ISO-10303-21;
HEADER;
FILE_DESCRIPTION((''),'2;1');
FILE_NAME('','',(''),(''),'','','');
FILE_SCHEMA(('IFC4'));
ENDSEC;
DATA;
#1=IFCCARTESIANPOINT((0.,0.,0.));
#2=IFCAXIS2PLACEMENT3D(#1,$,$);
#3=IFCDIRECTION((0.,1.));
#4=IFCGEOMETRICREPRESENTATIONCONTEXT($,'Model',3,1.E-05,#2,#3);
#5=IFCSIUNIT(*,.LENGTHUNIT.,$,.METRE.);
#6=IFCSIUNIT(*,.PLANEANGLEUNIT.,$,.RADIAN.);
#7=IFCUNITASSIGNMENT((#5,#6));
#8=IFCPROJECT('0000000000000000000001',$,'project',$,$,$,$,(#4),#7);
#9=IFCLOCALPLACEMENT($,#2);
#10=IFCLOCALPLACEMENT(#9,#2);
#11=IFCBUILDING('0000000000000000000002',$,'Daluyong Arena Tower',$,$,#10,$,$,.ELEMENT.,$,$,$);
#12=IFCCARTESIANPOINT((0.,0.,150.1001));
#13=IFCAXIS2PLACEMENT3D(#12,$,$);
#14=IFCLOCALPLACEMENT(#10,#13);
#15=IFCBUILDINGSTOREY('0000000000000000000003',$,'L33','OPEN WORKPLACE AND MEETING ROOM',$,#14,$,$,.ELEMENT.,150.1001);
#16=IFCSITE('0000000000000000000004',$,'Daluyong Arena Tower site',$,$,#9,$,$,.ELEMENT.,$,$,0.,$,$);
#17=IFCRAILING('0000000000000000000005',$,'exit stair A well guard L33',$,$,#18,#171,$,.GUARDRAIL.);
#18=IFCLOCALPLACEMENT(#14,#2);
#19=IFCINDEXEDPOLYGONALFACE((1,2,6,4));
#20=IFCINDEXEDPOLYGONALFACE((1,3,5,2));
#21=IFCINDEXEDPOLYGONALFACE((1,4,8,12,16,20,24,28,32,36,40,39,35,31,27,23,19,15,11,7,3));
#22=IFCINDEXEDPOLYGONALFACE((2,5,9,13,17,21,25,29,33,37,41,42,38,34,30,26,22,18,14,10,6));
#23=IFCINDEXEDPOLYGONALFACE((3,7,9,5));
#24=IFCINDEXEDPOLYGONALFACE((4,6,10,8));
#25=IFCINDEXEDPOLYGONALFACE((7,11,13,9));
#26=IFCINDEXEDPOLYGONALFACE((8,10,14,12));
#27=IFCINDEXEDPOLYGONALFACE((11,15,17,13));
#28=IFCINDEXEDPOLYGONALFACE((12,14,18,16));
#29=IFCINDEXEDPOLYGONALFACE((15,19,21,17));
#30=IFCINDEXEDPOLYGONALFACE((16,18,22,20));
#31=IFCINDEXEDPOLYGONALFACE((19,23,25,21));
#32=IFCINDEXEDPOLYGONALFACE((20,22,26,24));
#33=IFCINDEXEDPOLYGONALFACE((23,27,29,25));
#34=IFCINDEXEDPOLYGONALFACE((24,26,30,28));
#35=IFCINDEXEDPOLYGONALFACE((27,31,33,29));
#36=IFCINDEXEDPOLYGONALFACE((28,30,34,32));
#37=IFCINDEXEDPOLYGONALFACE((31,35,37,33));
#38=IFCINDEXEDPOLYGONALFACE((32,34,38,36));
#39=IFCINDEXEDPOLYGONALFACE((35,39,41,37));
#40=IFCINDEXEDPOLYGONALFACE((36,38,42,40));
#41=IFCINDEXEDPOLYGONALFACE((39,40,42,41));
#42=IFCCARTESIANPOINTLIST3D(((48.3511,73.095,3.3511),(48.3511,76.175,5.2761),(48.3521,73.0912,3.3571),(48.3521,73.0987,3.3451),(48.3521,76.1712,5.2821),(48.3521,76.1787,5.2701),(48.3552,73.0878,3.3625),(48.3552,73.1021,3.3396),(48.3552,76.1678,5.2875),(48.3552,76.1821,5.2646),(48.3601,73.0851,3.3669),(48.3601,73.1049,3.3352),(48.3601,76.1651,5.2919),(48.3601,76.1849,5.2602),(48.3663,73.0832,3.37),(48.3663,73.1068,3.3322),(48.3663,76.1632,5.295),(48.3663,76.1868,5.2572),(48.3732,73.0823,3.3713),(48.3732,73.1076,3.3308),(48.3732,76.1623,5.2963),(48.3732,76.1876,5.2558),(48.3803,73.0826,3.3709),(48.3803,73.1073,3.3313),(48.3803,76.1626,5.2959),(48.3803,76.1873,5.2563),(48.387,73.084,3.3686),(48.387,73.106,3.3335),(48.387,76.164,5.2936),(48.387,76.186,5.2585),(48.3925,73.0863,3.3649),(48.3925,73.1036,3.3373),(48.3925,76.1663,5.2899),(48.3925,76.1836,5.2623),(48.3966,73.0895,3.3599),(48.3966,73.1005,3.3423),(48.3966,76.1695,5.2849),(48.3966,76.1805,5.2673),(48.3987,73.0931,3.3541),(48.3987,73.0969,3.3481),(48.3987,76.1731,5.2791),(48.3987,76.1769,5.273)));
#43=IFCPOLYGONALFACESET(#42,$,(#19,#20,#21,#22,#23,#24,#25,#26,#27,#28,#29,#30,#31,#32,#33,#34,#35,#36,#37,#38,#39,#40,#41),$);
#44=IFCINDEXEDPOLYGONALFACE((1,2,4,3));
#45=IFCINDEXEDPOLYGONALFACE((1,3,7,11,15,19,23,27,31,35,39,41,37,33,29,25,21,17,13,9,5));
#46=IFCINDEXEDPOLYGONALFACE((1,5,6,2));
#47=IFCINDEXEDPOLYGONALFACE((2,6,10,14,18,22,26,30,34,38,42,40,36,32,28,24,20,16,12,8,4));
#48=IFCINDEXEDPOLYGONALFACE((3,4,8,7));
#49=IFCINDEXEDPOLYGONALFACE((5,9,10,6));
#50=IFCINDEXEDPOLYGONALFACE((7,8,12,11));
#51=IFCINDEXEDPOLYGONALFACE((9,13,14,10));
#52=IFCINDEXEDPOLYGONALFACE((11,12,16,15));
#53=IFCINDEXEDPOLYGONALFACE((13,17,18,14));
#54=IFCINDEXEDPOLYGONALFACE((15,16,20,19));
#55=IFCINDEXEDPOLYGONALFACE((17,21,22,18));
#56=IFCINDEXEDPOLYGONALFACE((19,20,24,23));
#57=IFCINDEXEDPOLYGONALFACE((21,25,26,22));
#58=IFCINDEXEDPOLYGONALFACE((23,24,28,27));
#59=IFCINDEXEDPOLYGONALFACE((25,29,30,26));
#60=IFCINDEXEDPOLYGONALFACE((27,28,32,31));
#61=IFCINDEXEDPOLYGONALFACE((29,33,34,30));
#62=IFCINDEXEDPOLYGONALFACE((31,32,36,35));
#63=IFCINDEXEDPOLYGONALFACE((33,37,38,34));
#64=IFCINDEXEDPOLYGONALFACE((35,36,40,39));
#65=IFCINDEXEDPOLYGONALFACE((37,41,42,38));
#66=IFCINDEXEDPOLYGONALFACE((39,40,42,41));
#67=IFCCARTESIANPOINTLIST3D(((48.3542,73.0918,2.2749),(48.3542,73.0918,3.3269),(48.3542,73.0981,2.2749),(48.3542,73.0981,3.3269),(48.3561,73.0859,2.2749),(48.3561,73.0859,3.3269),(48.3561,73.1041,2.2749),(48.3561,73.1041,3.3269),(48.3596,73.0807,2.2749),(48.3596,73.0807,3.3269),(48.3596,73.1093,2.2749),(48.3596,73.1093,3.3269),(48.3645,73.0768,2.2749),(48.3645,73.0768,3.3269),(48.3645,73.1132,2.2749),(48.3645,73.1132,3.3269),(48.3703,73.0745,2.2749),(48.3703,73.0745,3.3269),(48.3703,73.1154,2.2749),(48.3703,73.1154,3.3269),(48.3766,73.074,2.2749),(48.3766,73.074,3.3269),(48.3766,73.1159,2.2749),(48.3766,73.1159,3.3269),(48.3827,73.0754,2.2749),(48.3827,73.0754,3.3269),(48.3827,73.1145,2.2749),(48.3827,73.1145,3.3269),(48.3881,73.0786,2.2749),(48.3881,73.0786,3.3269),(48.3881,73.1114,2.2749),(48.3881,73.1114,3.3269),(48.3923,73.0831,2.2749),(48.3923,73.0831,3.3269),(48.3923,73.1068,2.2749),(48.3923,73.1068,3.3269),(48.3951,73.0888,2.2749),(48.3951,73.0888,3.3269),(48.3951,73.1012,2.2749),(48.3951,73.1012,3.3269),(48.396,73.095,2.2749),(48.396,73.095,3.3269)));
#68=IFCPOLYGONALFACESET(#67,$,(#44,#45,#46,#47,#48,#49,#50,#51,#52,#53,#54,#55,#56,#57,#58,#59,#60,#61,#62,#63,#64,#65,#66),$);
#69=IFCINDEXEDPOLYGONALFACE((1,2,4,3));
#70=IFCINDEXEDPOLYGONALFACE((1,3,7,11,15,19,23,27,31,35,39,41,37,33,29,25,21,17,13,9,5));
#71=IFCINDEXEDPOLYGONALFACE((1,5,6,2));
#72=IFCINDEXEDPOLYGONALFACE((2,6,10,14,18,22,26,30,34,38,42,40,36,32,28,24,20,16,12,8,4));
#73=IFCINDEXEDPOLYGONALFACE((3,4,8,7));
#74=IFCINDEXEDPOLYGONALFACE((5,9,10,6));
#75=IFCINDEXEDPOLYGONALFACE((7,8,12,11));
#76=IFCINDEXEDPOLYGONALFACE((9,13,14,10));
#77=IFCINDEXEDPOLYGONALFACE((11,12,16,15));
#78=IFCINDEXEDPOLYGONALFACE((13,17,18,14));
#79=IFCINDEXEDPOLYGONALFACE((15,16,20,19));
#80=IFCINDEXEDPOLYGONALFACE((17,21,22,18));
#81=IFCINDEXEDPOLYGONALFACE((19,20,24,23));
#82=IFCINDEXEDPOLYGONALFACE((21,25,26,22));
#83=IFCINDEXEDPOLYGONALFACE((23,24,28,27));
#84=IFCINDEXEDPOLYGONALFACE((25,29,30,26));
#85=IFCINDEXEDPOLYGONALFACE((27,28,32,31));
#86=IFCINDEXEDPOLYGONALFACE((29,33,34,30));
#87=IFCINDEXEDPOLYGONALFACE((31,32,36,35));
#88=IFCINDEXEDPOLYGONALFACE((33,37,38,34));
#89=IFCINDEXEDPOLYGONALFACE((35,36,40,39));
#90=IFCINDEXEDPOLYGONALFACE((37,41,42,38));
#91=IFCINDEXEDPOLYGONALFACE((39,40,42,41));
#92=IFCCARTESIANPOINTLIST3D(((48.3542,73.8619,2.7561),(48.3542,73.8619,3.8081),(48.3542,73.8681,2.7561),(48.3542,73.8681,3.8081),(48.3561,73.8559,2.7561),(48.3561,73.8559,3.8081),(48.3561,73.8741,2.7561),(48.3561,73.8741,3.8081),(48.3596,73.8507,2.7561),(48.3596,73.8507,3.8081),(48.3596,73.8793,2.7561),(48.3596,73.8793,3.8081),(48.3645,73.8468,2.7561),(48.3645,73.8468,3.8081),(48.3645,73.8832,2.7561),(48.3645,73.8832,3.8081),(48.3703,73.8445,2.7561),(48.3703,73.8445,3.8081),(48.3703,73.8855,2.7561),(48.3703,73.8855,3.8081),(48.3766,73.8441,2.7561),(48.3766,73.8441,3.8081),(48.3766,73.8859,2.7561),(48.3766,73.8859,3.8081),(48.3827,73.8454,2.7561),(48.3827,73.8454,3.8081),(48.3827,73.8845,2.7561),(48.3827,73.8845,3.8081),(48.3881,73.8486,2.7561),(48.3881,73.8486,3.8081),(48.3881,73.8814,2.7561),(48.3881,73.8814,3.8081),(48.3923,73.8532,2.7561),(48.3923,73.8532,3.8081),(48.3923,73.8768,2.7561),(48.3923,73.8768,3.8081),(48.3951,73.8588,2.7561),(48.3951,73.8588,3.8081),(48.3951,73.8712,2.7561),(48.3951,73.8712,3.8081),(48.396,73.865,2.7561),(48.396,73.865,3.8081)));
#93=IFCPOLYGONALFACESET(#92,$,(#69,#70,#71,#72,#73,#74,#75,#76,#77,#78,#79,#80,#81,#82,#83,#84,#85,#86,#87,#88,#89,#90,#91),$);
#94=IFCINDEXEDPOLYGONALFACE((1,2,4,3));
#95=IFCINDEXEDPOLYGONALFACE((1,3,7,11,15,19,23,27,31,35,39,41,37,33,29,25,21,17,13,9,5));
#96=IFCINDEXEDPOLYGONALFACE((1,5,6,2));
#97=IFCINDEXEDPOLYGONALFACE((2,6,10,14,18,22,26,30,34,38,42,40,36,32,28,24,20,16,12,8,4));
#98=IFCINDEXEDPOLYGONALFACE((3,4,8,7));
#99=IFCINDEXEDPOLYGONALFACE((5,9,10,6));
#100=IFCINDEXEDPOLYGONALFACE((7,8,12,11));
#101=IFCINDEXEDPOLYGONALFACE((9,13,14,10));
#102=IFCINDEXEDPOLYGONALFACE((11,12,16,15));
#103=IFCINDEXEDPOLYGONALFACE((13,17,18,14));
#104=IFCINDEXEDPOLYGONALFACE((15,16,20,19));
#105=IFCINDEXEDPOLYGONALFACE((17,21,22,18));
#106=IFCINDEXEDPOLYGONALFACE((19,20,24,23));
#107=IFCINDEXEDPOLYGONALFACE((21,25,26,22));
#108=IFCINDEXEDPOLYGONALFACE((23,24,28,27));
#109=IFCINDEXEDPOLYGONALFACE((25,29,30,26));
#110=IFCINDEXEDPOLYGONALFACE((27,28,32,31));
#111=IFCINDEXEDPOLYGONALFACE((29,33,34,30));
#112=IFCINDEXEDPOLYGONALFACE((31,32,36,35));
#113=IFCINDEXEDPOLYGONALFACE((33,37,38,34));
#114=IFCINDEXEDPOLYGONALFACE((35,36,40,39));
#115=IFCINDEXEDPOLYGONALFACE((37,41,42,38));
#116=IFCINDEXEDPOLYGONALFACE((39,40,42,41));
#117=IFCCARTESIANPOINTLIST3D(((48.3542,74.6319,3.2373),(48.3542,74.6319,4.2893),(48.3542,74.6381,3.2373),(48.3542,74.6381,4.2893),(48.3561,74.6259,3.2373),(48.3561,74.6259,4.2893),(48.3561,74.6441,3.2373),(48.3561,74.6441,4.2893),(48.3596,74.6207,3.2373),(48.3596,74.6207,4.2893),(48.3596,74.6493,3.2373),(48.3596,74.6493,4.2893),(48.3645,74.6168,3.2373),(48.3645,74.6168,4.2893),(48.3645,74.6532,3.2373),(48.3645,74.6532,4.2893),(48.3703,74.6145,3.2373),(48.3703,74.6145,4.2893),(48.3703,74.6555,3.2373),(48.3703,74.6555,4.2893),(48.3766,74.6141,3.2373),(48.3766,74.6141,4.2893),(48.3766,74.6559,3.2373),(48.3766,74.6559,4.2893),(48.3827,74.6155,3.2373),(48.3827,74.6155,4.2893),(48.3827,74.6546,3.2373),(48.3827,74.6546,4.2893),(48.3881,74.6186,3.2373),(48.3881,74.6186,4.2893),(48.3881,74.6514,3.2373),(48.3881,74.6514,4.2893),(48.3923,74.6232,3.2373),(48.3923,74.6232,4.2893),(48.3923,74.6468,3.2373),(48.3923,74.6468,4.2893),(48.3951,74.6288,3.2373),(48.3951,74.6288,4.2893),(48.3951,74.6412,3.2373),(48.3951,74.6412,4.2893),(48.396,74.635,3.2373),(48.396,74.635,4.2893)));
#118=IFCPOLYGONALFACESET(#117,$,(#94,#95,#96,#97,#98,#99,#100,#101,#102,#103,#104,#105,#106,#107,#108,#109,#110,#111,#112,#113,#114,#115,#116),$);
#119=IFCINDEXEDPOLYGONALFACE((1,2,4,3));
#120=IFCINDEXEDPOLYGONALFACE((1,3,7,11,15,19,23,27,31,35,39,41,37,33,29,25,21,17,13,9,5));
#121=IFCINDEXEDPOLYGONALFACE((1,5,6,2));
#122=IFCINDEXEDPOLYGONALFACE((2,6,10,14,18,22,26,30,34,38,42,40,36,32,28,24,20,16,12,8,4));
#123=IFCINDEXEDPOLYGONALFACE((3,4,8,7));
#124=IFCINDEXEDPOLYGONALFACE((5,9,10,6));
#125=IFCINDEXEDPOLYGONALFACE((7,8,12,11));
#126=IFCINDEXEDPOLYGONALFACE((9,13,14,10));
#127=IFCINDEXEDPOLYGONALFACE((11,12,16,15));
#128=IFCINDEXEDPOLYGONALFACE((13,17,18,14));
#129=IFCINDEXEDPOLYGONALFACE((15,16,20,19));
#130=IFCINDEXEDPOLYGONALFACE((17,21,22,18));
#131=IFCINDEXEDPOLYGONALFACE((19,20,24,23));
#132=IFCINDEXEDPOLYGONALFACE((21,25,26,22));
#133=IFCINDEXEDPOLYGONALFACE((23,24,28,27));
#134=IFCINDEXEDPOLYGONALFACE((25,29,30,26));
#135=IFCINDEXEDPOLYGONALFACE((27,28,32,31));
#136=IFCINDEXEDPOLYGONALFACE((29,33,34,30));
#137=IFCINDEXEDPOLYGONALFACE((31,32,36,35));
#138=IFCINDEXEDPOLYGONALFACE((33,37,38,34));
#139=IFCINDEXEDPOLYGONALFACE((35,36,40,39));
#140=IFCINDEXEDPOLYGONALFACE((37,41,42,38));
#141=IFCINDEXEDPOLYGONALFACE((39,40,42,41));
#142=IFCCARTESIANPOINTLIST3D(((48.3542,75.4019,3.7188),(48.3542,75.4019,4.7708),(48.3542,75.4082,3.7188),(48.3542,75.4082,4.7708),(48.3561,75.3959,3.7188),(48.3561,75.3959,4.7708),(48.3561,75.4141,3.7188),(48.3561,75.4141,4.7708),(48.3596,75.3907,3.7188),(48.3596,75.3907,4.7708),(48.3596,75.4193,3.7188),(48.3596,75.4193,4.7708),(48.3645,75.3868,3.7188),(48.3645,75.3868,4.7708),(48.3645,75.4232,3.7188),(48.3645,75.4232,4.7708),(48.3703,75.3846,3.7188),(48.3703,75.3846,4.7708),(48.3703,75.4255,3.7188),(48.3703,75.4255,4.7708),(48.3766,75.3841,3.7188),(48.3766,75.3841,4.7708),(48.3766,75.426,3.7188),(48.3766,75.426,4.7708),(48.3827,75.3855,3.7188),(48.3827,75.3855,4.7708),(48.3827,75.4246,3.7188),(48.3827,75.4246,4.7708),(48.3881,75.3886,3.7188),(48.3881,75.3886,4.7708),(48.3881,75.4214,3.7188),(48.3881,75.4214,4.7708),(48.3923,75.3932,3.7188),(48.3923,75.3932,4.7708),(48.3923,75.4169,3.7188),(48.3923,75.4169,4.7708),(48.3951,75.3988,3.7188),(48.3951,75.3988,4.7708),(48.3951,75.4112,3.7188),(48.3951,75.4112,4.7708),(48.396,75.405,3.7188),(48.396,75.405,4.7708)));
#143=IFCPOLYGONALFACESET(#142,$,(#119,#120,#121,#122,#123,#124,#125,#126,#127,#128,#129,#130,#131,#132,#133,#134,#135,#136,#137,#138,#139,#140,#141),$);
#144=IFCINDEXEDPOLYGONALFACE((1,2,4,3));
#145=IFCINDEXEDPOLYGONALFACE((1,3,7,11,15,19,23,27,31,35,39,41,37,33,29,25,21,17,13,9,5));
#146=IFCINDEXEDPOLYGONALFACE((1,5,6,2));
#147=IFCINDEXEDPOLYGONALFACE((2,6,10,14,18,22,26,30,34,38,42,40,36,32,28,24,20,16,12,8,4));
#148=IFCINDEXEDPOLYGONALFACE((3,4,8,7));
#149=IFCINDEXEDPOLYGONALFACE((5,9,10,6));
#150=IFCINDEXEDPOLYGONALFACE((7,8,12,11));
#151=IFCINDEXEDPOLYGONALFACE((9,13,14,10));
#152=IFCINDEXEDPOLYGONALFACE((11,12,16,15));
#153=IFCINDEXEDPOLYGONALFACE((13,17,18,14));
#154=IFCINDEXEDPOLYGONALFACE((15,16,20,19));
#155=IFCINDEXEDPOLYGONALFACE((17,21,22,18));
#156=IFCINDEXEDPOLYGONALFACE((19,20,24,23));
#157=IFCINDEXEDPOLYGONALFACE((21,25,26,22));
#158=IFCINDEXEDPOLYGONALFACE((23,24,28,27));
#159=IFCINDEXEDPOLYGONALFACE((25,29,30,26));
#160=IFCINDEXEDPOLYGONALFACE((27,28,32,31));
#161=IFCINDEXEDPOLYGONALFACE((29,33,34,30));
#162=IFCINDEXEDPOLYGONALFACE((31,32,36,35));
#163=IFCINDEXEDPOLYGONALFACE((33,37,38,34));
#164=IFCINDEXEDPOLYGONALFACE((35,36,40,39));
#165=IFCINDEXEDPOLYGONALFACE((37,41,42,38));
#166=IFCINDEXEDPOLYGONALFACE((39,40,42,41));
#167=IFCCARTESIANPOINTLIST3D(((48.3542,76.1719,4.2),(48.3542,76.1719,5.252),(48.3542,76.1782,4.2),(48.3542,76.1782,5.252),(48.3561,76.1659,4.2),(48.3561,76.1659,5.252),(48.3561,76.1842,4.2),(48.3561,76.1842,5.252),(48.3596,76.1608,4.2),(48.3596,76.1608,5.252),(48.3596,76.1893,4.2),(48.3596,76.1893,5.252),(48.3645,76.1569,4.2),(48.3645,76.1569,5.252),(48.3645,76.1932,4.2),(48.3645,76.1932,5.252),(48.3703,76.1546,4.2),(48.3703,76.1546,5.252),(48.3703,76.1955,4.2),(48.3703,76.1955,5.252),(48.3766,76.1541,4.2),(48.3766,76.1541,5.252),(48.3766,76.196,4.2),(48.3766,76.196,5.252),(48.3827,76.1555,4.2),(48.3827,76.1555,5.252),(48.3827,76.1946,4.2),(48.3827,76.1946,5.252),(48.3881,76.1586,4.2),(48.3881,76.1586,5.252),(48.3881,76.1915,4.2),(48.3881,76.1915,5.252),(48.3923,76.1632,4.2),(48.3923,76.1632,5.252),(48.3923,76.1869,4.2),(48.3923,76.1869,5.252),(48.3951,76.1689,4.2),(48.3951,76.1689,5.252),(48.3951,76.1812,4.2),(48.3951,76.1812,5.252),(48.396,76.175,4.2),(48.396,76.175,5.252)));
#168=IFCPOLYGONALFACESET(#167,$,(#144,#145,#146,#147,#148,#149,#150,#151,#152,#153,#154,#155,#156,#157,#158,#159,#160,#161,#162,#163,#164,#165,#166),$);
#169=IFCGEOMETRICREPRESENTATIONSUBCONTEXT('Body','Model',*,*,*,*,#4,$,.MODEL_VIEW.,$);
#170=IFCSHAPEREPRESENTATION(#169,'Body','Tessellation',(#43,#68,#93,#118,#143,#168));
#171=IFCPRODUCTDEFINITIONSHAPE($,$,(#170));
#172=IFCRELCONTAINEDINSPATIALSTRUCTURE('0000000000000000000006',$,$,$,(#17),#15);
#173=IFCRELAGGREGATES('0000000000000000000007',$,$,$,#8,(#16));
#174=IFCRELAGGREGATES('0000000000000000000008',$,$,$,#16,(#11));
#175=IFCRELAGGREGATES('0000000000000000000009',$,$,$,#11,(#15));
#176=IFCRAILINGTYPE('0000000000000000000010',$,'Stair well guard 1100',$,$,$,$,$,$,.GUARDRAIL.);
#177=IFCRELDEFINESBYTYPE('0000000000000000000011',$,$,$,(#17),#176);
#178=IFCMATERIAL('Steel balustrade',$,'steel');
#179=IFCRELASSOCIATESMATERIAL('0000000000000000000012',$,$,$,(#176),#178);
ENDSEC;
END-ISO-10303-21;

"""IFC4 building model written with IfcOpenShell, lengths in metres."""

from ifc_helpers import new_model, si_unit, direction, frame, origin, origin_2d, place, context, subcontext, project, spatial, circle, extrude, material, type_object, element, save


model = new_model("IFC4")

# Units and contexts
model_context = context("Model", 3, precision=1e-05, world=origin(), true_north=direction((0.0, 1.0)))
body_context = subcontext(model_context, "Body", "Model", "MODEL_VIEW")
ifc_project = project(units=[si_unit("LENGTHUNIT", "METRE"), si_unit("PLANEANGLEUNIT", "RADIAN")], contexts=[model_context])

# Site, building, storey
site_placement = place(None, origin())
site = spatial("IfcSite", under=ifc_project, at=site_placement, Name="Daluyong Arena Tower site", CompositionType="ELEMENT", RefElevation=0.0)
building_placement = place(site_placement, origin())
building = spatial("IfcBuilding", under=site, at=building_placement, Name="Daluyong Arena Tower", CompositionType="ELEMENT")
storey_placement = place(building_placement, frame((0.0, 0.0, 150.1001)))
storey = spatial("IfcBuildingStorey", under=building, at=storey_placement, Name="L33", Description="OPEN WORKPLACE AND MEETING ROOM", CompositionType="ELEMENT", Elevation=150.1001)

# Railing
ifc_material_1 = material(Name="Steel balustrade", Category="steel")
railing_type_1 = type_object("IfcRailingType", Name="Stair well guard 1100", PredefinedType="GUARDRAIL", material=ifc_material_1)
railing_1_placement = place(storey_placement, frame((48.375, 73.095, 2.2749)))
element("IfcRailing", 1, at=railing_1_placement, inside=storey, type_object=railing_type_1, Name="exit stair A well guard L33", PredefinedType="GUARDRAIL", context=body_context, shape_type="SweptSolid", body=[
    extrude(circle(Radius=0.0239, at=origin_2d()), frame((0.0, 0.0, 1.0762), z_axis=(0.0, 0.847998, 0.529999), x_axis=(-1.0, 0.0, 0.0)), (0.0, 0.0, 1.0), 3.6321),
    extrude(circle(Radius=0.021, at=origin_2d()), origin(), (0.0, 0.0, 1.0), 1.052),
    extrude(circle(Radius=0.021, at=origin_2d()), frame((0.0, 0.77, 0.4812)), (0.0, 0.0, 1.0), 1.052),
    extrude(circle(Radius=0.021, at=origin_2d()), frame((0.0, 1.54, 0.9624)), (0.0, 0.0, 1.0), 1.052),
    extrude(circle(Radius=0.021, at=origin_2d()), frame((0.0, 2.3101, 1.4438)), (0.0, 0.0, 1.0), 1.052),
    extrude(circle(Radius=0.021, at=origin_2d()), frame((0.0, 3.0801, 1.925)), (0.0, 0.0, 1.0), 1.052),
])

save(model, "model.ifc")
